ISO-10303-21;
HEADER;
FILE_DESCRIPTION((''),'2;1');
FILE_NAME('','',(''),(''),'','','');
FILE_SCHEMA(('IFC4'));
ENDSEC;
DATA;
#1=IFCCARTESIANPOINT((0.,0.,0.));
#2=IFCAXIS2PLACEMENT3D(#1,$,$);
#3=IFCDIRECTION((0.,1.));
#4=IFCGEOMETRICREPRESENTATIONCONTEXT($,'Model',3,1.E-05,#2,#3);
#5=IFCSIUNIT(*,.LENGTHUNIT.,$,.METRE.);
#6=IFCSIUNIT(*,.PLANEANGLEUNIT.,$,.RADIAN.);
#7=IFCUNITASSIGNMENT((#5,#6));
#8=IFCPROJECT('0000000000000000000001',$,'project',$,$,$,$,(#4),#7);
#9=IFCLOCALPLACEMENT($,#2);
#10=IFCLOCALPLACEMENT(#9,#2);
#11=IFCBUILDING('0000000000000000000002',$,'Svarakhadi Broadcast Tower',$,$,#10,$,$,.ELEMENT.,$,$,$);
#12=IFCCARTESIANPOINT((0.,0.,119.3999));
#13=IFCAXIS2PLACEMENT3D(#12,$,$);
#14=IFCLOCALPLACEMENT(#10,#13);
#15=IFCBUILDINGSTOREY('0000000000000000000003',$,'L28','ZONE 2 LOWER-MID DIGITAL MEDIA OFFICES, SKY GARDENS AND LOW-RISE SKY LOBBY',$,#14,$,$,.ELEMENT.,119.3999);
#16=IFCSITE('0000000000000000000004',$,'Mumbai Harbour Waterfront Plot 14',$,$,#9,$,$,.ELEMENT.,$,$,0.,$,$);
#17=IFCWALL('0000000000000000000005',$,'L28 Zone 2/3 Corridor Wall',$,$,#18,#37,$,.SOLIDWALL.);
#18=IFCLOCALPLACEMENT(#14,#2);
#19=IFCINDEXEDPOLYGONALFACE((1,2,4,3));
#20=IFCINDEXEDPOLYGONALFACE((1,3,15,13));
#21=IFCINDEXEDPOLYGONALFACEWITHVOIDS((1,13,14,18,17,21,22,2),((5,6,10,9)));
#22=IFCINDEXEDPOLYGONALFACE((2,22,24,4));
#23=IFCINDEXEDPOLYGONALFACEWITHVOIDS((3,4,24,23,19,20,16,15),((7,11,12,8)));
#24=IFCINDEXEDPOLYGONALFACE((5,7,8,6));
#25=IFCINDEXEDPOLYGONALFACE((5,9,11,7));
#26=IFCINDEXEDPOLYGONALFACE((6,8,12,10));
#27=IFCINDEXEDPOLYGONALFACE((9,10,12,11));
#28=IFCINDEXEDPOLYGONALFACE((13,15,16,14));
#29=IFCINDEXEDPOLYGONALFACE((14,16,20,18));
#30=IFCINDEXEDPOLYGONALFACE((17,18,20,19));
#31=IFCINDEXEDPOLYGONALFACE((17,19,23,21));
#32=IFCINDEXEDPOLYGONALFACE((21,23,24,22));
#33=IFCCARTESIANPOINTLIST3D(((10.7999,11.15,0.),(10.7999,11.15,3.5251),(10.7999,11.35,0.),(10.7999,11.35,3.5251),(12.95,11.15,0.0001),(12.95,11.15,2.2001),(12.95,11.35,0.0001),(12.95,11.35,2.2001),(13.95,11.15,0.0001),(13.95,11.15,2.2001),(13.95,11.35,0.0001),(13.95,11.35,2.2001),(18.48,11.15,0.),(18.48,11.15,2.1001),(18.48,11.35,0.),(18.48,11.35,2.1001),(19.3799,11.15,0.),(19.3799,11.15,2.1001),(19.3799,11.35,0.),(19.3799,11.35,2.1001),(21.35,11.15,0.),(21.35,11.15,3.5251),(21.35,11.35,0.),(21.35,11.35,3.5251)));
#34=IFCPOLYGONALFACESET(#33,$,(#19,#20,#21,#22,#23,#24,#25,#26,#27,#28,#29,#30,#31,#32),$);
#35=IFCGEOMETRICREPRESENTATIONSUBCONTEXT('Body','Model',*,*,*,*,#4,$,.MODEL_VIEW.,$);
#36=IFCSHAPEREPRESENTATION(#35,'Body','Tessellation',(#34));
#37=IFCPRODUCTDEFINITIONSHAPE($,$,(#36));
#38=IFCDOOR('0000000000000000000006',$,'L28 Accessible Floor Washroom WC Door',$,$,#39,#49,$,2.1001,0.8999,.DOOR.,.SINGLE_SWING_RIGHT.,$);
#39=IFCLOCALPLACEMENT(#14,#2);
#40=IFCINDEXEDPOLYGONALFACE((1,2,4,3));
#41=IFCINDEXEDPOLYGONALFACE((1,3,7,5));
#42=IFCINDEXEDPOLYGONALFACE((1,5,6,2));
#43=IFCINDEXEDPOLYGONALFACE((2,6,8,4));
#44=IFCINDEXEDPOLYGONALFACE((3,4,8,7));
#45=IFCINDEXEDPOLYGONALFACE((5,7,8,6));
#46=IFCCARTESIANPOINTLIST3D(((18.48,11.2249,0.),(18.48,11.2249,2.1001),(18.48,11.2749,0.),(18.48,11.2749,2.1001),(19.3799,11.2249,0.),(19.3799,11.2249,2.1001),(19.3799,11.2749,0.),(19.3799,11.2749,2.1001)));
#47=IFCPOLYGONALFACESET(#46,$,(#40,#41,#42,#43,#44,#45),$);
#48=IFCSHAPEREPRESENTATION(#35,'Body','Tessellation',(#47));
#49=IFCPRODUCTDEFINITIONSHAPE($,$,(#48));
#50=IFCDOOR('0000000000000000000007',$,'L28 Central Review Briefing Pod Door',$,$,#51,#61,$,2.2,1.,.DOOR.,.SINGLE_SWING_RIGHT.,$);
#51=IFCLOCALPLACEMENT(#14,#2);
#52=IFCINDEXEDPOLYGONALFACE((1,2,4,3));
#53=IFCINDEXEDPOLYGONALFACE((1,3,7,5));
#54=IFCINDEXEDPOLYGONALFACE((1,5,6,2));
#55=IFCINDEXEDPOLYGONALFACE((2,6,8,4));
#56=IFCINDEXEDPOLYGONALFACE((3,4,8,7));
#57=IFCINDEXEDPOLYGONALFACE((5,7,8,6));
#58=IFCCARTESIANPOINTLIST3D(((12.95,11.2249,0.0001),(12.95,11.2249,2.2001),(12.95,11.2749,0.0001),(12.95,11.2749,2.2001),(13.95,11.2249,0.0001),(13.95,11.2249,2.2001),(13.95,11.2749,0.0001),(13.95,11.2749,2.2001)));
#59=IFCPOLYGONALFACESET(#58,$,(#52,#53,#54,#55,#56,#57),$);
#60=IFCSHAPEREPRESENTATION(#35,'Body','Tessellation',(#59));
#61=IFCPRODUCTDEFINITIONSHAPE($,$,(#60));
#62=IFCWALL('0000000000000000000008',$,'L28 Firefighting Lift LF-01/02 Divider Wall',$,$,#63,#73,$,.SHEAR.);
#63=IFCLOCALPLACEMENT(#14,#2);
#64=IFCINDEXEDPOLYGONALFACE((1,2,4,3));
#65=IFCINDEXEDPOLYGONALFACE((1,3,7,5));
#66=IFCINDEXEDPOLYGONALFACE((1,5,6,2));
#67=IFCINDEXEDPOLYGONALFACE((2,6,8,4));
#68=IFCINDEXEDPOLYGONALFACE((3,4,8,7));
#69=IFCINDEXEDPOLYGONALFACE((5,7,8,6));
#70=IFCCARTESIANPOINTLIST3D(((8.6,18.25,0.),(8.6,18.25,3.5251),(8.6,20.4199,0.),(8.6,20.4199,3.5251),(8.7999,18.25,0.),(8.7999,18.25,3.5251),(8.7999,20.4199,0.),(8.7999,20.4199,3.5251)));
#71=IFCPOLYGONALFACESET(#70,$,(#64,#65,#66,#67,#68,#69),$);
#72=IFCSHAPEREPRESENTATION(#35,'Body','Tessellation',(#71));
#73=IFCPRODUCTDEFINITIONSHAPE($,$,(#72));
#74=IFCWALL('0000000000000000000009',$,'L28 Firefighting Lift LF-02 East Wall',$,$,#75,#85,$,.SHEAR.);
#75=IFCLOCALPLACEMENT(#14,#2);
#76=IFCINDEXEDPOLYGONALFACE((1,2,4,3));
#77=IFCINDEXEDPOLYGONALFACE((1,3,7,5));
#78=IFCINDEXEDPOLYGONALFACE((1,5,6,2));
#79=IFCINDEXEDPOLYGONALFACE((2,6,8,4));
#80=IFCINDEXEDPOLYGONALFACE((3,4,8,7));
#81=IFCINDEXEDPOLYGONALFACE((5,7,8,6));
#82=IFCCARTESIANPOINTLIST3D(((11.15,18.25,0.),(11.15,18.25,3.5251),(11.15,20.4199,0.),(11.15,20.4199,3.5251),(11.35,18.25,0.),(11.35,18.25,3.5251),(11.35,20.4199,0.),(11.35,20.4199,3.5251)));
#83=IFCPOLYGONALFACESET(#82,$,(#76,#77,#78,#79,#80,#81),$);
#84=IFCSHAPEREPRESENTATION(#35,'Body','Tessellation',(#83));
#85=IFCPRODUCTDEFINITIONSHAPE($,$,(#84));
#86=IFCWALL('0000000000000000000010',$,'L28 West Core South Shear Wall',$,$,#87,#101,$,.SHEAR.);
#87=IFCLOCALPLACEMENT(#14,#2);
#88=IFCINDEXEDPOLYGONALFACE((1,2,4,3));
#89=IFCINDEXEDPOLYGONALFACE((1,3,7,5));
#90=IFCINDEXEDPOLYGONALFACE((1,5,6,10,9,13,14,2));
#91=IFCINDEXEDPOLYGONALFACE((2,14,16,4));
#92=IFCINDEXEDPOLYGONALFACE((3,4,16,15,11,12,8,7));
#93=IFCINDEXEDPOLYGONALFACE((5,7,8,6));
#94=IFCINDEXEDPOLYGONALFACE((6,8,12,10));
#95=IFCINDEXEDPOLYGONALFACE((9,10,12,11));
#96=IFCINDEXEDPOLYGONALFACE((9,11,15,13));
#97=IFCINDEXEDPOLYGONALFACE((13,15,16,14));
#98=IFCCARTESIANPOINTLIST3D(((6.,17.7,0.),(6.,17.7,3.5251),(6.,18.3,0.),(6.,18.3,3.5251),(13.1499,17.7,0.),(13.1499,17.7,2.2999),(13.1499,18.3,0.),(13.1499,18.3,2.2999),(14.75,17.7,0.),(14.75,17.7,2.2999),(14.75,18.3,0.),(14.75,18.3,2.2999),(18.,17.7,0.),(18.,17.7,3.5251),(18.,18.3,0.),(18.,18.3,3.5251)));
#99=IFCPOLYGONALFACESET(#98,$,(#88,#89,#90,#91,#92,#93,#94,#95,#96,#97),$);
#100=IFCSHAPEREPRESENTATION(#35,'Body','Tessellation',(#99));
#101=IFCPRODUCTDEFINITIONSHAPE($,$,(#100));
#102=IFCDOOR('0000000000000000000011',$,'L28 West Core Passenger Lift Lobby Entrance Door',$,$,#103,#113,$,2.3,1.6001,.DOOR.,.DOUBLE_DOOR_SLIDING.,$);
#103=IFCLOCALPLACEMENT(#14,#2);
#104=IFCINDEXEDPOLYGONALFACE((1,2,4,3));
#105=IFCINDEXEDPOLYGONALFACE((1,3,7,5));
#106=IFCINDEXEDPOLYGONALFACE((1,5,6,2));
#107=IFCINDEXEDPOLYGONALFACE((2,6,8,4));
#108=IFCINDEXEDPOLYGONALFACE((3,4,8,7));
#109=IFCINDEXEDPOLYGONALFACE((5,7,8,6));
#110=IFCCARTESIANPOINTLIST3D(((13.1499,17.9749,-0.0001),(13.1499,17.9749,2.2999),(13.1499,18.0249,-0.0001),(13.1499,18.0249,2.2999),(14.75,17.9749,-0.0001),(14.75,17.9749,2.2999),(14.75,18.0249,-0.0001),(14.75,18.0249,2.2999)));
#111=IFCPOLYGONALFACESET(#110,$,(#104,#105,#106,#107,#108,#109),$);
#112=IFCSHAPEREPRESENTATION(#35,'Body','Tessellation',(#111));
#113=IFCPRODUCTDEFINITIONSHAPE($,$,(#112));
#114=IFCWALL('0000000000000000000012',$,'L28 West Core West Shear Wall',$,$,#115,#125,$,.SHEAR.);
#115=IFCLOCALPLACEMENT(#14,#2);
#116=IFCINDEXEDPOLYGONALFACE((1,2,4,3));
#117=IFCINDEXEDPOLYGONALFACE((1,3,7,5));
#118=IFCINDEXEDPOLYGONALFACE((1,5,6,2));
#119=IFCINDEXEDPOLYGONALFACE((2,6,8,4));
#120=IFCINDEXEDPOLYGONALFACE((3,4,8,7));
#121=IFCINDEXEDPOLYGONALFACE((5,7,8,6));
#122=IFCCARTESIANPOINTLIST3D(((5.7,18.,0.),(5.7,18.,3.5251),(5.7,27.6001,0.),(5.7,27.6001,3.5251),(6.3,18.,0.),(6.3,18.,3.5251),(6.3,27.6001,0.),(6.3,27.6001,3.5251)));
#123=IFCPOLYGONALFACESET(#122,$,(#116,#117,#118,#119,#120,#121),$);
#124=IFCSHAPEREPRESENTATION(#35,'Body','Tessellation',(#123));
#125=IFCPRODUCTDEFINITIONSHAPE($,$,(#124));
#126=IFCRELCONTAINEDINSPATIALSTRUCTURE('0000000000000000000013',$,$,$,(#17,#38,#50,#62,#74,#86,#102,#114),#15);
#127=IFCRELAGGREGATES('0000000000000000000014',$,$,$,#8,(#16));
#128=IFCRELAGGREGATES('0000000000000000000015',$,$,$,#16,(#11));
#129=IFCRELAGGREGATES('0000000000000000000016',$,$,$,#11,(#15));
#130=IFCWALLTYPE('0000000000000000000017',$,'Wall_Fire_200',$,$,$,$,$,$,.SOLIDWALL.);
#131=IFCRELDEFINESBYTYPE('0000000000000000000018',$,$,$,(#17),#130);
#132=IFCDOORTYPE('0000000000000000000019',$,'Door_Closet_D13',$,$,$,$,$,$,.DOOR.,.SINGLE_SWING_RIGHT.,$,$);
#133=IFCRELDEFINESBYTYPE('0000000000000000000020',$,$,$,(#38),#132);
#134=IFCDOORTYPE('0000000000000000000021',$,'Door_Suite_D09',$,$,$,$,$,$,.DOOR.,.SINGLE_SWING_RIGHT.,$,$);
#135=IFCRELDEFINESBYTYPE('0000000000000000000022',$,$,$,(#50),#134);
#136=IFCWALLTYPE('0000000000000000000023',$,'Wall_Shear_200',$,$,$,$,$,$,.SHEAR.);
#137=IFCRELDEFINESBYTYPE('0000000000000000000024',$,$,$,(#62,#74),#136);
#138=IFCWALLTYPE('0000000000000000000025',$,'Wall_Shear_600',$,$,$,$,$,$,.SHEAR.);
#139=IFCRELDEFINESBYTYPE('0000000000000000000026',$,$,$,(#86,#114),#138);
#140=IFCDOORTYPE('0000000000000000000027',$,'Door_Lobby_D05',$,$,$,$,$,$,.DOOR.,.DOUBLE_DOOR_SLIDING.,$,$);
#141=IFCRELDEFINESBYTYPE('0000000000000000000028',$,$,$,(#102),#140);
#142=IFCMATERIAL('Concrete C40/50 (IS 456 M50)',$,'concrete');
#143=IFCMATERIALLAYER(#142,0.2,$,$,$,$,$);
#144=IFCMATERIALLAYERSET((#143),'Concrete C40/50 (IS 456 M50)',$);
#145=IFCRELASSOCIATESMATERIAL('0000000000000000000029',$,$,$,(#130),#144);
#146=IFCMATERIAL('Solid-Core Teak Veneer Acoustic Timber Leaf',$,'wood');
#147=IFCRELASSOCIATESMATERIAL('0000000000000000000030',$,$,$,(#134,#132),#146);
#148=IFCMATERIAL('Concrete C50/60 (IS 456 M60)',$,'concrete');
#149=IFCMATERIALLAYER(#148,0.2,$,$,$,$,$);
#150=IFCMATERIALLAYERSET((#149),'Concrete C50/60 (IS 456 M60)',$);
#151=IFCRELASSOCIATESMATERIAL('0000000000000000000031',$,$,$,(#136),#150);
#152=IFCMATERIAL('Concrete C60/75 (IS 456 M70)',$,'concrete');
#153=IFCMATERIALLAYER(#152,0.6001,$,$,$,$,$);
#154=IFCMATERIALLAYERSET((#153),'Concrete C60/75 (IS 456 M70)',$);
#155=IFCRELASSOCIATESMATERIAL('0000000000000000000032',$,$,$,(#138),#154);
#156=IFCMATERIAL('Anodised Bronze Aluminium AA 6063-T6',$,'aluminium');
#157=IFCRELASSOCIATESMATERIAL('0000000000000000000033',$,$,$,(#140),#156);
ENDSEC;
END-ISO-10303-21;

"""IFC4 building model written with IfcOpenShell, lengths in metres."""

from ifc_helpers import new_model, si_unit, direction, frame, frame_2d, origin, place, context, subcontext, project, spatial, rectangle, extrude, material, layer, layer_set, type_object, element, fill, save


model = new_model("IFC4")

# Units and contexts
model_context = context("Model", 3, precision=1e-05, world=origin(), true_north=direction((0.0, 1.0)))
body_context = subcontext(model_context, "Body", "Model", "MODEL_VIEW")
ifc_project = project(units=[si_unit("LENGTHUNIT", "METRE"), si_unit("PLANEANGLEUNIT", "RADIAN")], contexts=[model_context])

# Site, building, storey
site_placement = place(None, origin())
site = spatial("IfcSite", under=ifc_project, at=site_placement, Name="Mumbai Harbour Waterfront Plot 14", CompositionType="ELEMENT", RefElevation=0.0)
building_placement = place(site_placement, origin())
building = spatial("IfcBuilding", under=site, at=building_placement, Name="Svarakhadi Broadcast Tower", CompositionType="ELEMENT")
storey_placement = place(building_placement, frame((0.0, 0.0, 119.3999)))
storey = spatial("IfcBuildingStorey", under=building, at=storey_placement, Name="L28", Description="ZONE 2 LOWER-MID DIGITAL MEDIA OFFICES, SKY GARDENS AND LOW-RISE SKY LOBBY", CompositionType="ELEMENT", Elevation=119.3999)

# Shared definitions
ifc_material_1 = material(Name="Concrete C50/60 (IS 456 M60)", Category="concrete")

# Shared definitions
ifc_material_2 = material(Name="Concrete C40/50 (IS 456 M50)", Category="concrete")
ifc_layer_1 = layer(ifc_material_2, 0.2)
ifc_layer_set_1 = layer_set([ifc_layer_1], Name="Concrete C40/50 (IS 456 M50)")
wall_type_1 = type_object("IfcWallType", Name="Wall_Fire_200", PredefinedType="SOLIDWALL", material=ifc_layer_set_1)

# Shared definitions
ifc_material_3 = material(Name="Solid-Core Teak Veneer Acoustic Timber Leaf", Category="wood")
door_type_1 = type_object("IfcDoorType", Name="Door_Suite_D09", OperationType="SINGLE_SWING_RIGHT", PredefinedType="DOOR", material=ifc_material_3)

# Wall, openings, doors
wall_1_placement = place(storey_placement, frame((10.8, 11.25, 0.0), z_axis=(0.0, 0.0, 1.0), x_axis=(1.0, 0.0, 0.0)))
wall_1 = element("IfcWall", 1, at=wall_1_placement, inside=storey, type_object=wall_type_1, Name="L28 Zone 2/3 Corridor Wall", PredefinedType="SOLIDWALL", context=body_context, shape_type="SweptSolid", body=[
    extrude(rectangle(XDim=10.55, YDim=0.2, at=frame_2d((5.2749, 0.0))), origin(), (0.0, 0.0, 1.0), 3.5251),
])
opening_1_placement = place(wall_1_placement, frame((2.1499, 0.0, 0.0)))
opening_1 = element("IfcOpeningElement", 2, at=opening_1_placement, cuts=wall_1, PredefinedType="OPENING", context=body_context, shape_type="SweptSolid", body=[
    extrude(rectangle(XDim=1.0, YDim=2.2, at=frame_2d((0.5, 1.1001))), frame((0.0, 0.1099, 0.0), z_axis=(0.0, -1.0, 0.0), x_axis=(1.0, 0.0, 0.0)), (0.0, 0.0, 1.0), 0.22),
])
opening_2_placement = place(wall_1_placement, frame((7.6799, 0.0, 0.0)))
opening_2 = element("IfcOpeningElement", 3, at=opening_2_placement, cuts=wall_1, PredefinedType="OPENING", context=body_context, shape_type="SweptSolid", body=[
    extrude(rectangle(XDim=0.8999, YDim=2.1001, at=frame_2d((0.45, 1.05))), frame((0.0, 0.1099, 0.0), z_axis=(0.0, -1.0, 0.0), x_axis=(1.0, 0.0, 0.0)), (0.0, 0.0, 1.0), 0.22),
])
door_type_2 = type_object("IfcDoorType", Name="Door_Closet_D13", OperationType="SINGLE_SWING_RIGHT", PredefinedType="DOOR", material=ifc_material_3)
door_1_placement = place(opening_2_placement, origin())
door_1 = element("IfcDoor", 4, at=door_1_placement, inside=storey, type_object=door_type_2, Name="L28 Accessible Floor Washroom WC Door", OperationType="SINGLE_SWING_RIGHT", OverallHeight=2.1001, OverallWidth=0.8999, PredefinedType="DOOR", context=body_context, shape_type="SweptSolid", body=[
    extrude(rectangle(XDim=0.8999, YDim=2.1001, at=frame_2d((0.45, 1.05))), frame((0.0, 0.0249, 0.0), z_axis=(0.0, -1.0, 0.0), x_axis=(1.0, 0.0, 0.0)), (0.0, 0.0, 1.0), 0.05),
])
fill(opening_2, door_1)
door_2_placement = place(opening_1_placement, origin())
door_2 = element("IfcDoor", 5, at=door_2_placement, inside=storey, type_object=door_type_1, Name="L28 Central Review Briefing Pod Door", OperationType="SINGLE_SWING_RIGHT", OverallHeight=2.2, OverallWidth=1.0, PredefinedType="DOOR", context=body_context, shape_type="SweptSolid", body=[
    extrude(rectangle(XDim=1.0, YDim=2.2, at=frame_2d((0.5, 1.1001))), frame((0.0, 0.0249, 0.0), z_axis=(0.0, -1.0, 0.0), x_axis=(1.0, 0.0, 0.0)), (0.0, 0.0, 1.0), 0.05),
])
fill(opening_1, door_2)

# Walls
ifc_layer_2 = layer(ifc_material_1, 0.2)
ifc_layer_set_2 = layer_set([ifc_layer_2], Name="Concrete C50/60 (IS 456 M60)")
wall_type_2 = type_object("IfcWallType", Name="Wall_Shear_200", PredefinedType="SHEAR", material=ifc_layer_set_2)
for number, where, z_axis, x_axis, name in (
    (6, (8.7, 18.25, 0.0), (0.0, 0.0, 1.0), (0.0, 1.0, 0.0), "L28 Firefighting Lift LF-01/02 Divider Wall"),
    (7, (11.25, 18.25, 0.0), (0.0, 0.0, 1.0), (0.0, 1.0, 0.0), "L28 Firefighting Lift LF-02 East Wall"),
):
    element("IfcWall", number, at=place(storey_placement, frame(where, z_axis=z_axis, x_axis=x_axis)), inside=storey, type_object=wall_type_2, Name=name, PredefinedType="SHEAR", context=body_context, shape_type="SweptSolid", body=[
        extrude(rectangle(XDim=2.1699, YDim=0.2, at=frame_2d((1.085, 0.0))), origin(), (0.0, 0.0, 1.0), 3.5251),
    ])

# Wall, opening, door
ifc_material_4 = material(Name="Concrete C60/75 (IS 456 M70)", Category="concrete")
ifc_layer_3 = layer(ifc_material_4, 0.6001)
ifc_layer_set_3 = layer_set([ifc_layer_3], Name="Concrete C60/75 (IS 456 M70)")
wall_type_3 = type_object("IfcWallType", Name="Wall_Shear_600", PredefinedType="SHEAR", material=ifc_layer_set_3)
wall_2_placement = place(storey_placement, frame((6.0, 18.0, 0.0), z_axis=(0.0, 0.0, 1.0), x_axis=(1.0, 0.0, 0.0)))
wall_2 = element("IfcWall", 8, at=wall_2_placement, inside=storey, type_object=wall_type_3, Name="L28 West Core South Shear Wall", PredefinedType="SHEAR", context=body_context, shape_type="SweptSolid", body=[
    extrude(rectangle(XDim=12.0, YDim=0.6001, at=frame_2d((6.0, 0.0))), origin(), (0.0, 0.0, 1.0), 3.5251),
])
opening_3_placement = place(wall_2_placement, frame((7.1499, 0.0, 0.0)))
opening_3 = element("IfcOpeningElement", 9, at=opening_3_placement, cuts=wall_2, PredefinedType="OPENING", context=body_context, shape_type="SweptSolid", body=[
    extrude(rectangle(XDim=1.6001, YDim=2.3, at=frame_2d((0.8, 1.1499))), frame((0.0, 0.3101, 0.0), z_axis=(0.0, -1.0, 0.0), x_axis=(1.0, 0.0, 0.0)), (0.0, 0.0, 1.0), 0.6201),
])
ifc_material_5 = material(Name="Anodised Bronze Aluminium AA 6063-T6", Category="aluminium")
door_type_3 = type_object("IfcDoorType", Name="Door_Lobby_D05", OperationType="DOUBLE_DOOR_SLIDING", PredefinedType="DOOR", material=ifc_material_5)
door_3_placement = place(opening_3_placement, origin())
door_3 = element("IfcDoor", 10, at=door_3_placement, inside=storey, type_object=door_type_3, Name="L28 West Core Passenger Lift Lobby Entrance Door", OperationType="DOUBLE_DOOR_SLIDING", OverallHeight=2.3, OverallWidth=1.6001, PredefinedType="DOOR", context=body_context, shape_type="SweptSolid", body=[
    extrude(rectangle(XDim=1.6001, YDim=2.3, at=frame_2d((0.8, 1.1499))), frame((0.0, 0.0249, 0.0), z_axis=(0.0, -1.0, 0.0), x_axis=(1.0, 0.0, 0.0)), (0.0, 0.0, 1.0), 0.05),
])
fill(opening_3, door_3)

# Wall
wall_3_placement = place(storey_placement, frame((6.0, 18.0, 0.0), z_axis=(0.0, 0.0, 1.0), x_axis=(0.0, 1.0, 0.0)))
element("IfcWall", 11, at=wall_3_placement, inside=storey, type_object=wall_type_3, Name="L28 West Core West Shear Wall", PredefinedType="SHEAR", context=body_context, shape_type="SweptSolid", body=[
    extrude(rectangle(XDim=9.6001, YDim=0.6001, at=frame_2d((4.8, 0.0))), origin(), (0.0, 0.0, 1.0), 3.5251),
])

save(model, "model.ifc")
